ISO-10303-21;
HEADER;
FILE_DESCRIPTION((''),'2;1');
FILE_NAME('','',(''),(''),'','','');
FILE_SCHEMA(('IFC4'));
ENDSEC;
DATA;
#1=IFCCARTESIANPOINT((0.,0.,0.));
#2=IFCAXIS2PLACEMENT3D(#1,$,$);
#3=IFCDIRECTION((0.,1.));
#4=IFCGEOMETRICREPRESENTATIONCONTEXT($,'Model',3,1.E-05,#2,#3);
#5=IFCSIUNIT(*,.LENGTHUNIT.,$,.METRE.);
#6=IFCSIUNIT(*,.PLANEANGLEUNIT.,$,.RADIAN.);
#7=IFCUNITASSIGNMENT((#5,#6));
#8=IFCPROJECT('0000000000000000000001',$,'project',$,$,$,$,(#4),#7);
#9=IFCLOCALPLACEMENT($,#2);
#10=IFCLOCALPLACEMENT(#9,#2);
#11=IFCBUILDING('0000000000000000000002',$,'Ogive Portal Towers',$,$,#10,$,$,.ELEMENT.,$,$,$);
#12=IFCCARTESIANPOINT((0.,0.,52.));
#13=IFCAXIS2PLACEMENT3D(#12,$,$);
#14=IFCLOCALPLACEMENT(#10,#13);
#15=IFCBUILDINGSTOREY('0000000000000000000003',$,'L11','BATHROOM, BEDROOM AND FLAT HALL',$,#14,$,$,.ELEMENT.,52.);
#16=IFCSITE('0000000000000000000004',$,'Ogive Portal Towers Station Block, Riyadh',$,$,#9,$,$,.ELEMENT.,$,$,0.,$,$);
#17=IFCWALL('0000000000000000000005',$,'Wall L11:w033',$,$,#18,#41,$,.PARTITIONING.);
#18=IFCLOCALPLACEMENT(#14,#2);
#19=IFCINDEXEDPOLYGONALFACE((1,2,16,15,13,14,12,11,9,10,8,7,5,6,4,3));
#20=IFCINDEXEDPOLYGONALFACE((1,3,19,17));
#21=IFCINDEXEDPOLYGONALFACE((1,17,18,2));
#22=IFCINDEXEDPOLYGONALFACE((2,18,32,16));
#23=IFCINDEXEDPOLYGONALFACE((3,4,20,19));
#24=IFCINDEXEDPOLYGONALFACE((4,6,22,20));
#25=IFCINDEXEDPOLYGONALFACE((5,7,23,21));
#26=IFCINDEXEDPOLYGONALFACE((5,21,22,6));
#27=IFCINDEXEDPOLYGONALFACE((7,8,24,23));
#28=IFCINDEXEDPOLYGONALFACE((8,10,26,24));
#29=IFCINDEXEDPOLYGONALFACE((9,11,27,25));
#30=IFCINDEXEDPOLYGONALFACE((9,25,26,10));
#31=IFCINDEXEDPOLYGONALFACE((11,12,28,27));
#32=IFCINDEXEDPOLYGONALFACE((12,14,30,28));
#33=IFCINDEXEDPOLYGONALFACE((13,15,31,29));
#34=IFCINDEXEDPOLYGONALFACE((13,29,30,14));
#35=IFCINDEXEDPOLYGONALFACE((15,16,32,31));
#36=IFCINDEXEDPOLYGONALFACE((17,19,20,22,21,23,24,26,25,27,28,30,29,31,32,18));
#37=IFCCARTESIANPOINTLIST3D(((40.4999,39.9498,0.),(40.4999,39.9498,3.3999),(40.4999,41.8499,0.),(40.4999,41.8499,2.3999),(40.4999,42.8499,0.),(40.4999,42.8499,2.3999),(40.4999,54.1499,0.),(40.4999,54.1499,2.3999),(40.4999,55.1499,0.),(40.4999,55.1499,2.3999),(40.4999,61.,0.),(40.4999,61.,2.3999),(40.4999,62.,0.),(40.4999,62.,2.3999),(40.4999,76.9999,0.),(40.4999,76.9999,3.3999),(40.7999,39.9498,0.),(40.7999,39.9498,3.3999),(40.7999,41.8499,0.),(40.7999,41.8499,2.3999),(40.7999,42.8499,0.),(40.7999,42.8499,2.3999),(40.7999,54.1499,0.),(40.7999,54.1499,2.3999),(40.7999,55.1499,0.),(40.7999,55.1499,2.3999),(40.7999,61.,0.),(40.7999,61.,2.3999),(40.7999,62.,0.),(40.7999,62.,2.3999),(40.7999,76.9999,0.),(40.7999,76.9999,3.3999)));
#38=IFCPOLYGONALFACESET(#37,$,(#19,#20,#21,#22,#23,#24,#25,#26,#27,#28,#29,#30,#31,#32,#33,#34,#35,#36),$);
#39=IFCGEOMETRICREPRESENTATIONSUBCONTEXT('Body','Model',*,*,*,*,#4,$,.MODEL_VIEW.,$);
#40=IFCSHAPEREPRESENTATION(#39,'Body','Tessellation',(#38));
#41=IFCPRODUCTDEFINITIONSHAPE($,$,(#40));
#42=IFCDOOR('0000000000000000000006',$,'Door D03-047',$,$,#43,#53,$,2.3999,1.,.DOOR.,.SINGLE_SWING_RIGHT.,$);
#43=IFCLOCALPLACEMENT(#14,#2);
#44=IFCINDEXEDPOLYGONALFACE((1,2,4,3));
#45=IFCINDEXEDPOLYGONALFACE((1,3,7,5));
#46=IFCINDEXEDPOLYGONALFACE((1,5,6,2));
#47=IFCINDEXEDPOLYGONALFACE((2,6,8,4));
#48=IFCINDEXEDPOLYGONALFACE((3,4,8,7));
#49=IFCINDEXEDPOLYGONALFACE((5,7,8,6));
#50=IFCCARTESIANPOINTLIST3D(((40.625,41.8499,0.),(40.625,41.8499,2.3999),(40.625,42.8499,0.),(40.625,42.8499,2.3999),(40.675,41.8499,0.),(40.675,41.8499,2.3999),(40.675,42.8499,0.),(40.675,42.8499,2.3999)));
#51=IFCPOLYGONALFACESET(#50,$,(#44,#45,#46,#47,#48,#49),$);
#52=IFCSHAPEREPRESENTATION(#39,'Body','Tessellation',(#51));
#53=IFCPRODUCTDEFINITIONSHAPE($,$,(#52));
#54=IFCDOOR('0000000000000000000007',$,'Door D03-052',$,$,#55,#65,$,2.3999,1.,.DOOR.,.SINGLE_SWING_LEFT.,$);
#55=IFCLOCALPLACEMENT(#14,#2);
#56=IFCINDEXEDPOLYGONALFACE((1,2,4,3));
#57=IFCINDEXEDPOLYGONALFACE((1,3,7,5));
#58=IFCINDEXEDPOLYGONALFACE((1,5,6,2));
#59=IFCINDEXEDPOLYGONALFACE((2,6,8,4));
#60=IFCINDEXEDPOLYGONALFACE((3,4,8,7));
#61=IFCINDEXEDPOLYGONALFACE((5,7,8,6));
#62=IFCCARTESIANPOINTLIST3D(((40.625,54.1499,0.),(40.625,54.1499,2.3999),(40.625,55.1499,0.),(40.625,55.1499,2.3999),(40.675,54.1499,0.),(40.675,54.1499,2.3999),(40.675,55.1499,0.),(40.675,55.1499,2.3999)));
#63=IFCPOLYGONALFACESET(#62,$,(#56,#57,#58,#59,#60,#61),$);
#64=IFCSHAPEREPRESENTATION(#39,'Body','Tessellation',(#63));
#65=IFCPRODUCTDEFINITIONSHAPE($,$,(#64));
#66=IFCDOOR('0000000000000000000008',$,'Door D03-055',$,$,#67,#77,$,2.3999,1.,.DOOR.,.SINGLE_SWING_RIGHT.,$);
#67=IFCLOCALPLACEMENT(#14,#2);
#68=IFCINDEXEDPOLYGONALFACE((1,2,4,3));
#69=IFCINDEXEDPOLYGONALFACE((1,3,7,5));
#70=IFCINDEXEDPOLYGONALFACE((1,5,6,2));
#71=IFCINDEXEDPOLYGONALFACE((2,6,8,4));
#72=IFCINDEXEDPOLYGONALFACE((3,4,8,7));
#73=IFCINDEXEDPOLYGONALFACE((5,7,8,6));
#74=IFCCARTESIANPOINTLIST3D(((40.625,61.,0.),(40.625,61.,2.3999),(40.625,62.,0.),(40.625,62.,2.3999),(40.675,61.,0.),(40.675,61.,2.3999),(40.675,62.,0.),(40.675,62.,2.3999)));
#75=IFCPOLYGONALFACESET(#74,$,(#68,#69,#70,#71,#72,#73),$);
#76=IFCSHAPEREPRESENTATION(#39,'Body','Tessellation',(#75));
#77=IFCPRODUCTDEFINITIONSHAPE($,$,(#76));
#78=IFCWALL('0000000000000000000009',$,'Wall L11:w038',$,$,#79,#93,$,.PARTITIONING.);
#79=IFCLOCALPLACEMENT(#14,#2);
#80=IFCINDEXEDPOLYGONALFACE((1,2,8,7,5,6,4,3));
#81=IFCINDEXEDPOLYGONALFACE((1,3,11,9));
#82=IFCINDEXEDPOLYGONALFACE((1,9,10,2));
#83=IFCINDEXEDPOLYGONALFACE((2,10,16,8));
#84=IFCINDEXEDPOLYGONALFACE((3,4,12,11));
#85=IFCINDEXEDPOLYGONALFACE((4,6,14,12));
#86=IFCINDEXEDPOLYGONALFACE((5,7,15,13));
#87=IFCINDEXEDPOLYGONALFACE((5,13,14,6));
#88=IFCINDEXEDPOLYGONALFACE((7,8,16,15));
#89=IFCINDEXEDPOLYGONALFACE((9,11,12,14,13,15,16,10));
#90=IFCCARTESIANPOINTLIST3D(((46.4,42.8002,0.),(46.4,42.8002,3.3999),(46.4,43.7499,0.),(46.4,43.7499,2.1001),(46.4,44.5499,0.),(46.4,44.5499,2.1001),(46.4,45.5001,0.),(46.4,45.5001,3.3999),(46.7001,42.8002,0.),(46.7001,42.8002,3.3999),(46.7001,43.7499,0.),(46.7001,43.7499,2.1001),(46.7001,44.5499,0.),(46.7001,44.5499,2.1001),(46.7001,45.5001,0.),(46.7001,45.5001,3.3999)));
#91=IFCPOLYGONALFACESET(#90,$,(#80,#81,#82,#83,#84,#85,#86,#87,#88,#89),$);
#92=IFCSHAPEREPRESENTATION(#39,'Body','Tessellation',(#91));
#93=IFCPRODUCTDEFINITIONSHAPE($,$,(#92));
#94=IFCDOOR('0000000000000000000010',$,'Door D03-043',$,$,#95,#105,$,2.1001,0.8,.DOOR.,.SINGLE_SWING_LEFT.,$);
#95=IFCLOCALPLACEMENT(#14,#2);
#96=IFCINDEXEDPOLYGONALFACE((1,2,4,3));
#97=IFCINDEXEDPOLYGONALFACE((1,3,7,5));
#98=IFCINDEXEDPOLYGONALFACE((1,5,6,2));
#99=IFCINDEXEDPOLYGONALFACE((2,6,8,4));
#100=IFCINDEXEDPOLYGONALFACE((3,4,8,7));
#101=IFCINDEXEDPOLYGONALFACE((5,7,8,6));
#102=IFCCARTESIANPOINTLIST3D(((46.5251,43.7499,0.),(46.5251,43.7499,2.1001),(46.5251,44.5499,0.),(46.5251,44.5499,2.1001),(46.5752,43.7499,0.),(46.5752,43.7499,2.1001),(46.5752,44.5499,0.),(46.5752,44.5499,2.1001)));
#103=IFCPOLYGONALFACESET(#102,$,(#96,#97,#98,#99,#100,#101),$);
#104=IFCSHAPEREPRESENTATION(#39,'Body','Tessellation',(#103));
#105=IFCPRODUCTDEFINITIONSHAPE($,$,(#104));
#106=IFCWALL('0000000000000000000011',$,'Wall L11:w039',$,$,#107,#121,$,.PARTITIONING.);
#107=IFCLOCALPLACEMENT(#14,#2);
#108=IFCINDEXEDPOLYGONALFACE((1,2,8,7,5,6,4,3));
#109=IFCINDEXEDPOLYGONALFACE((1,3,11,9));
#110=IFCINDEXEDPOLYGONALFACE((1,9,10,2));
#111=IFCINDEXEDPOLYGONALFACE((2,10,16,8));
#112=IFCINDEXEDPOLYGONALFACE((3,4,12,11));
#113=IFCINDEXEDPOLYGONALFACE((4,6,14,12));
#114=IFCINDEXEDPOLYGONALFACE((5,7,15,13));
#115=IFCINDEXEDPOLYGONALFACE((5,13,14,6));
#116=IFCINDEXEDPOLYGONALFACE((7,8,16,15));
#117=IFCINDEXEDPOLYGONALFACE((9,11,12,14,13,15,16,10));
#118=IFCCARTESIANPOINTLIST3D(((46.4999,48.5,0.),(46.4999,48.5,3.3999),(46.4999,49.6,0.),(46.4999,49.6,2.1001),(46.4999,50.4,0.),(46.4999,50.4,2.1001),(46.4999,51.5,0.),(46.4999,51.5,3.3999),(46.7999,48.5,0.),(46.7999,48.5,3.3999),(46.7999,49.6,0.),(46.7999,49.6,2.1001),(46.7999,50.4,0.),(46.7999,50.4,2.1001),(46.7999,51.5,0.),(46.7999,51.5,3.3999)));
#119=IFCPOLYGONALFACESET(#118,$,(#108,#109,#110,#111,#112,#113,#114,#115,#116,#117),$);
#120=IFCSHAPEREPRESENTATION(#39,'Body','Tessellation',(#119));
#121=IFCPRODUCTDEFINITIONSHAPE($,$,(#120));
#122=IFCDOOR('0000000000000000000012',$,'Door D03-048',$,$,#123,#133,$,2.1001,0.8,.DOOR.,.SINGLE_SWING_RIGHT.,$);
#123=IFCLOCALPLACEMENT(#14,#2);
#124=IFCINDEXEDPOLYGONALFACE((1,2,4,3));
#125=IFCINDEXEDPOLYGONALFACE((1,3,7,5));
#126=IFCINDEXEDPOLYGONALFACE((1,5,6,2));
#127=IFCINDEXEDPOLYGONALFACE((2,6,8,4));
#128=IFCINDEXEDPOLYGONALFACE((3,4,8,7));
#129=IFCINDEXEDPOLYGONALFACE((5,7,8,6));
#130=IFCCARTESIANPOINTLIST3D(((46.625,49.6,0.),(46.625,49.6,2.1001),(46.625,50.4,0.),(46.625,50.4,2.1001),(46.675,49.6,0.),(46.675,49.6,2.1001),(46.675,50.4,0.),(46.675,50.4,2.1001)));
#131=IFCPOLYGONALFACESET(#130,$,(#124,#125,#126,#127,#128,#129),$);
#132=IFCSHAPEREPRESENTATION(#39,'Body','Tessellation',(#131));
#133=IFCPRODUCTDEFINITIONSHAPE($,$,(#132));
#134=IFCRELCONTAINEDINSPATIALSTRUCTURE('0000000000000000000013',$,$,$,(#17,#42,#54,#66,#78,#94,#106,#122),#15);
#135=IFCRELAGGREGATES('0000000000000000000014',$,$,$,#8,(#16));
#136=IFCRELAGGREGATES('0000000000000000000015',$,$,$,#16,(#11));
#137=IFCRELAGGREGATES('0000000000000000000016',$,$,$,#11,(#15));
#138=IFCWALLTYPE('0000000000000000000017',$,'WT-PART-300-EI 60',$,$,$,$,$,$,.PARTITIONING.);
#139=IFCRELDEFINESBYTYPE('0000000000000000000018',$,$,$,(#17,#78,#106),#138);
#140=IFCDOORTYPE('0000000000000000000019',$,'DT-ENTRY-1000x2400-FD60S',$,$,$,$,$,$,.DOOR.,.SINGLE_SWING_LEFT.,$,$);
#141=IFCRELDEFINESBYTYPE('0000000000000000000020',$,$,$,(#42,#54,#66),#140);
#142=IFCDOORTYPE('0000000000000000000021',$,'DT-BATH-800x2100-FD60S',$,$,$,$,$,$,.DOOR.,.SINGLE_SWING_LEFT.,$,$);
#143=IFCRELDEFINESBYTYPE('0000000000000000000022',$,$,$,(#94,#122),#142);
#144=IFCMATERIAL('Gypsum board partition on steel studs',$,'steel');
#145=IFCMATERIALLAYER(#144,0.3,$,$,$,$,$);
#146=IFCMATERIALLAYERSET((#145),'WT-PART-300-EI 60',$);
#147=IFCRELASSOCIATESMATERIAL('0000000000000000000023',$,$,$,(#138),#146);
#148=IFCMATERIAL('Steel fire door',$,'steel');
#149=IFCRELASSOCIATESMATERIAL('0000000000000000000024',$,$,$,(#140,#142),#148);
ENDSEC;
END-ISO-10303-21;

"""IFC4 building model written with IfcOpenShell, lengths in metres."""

from ifc_helpers import new_model, si_unit, direction, frame, frame_2d, origin, place, context, subcontext, project, spatial, rectangle, extrude, material, layer, layer_set, type_object, element, fill, save


model = new_model("IFC4")

# Units and contexts
model_context = context("Model", 3, precision=1e-05, world=origin(), true_north=direction((0.0, 1.0)))
body_context = subcontext(model_context, "Body", "Model", "MODEL_VIEW")
ifc_project = project(units=[si_unit("LENGTHUNIT", "METRE"), si_unit("PLANEANGLEUNIT", "RADIAN")], contexts=[model_context])

# Site, building, storey
site_placement = place(None, origin())
site = spatial("IfcSite", under=ifc_project, at=site_placement, Name="Ogive Portal Towers Station Block, Riyadh", CompositionType="ELEMENT", RefElevation=0.0)
building_placement = place(site_placement, origin())
building = spatial("IfcBuilding", under=site, at=building_placement, Name="Ogive Portal Towers", CompositionType="ELEMENT")
storey_placement = place(building_placement, frame((0.0, 0.0, 52.0)))
storey = spatial("IfcBuildingStorey", under=building, at=storey_placement, Name="L11", Description="BATHROOM, BEDROOM AND FLAT HALL", CompositionType="ELEMENT", Elevation=52.0)

# Shared definitions
ifc_material_1 = material(Name="Gypsum board partition on steel studs", Category="steel")
ifc_layer_1 = layer(ifc_material_1, 0.3)
ifc_layer_set_1 = layer_set([ifc_layer_1], Name="WT-PART-300-EI 60")
wall_type_1 = type_object("IfcWallType", Name="WT-PART-300-EI 60", PredefinedType="PARTITIONING", material=ifc_layer_set_1)

# Wall, openings, doors
wall_1_placement = place(storey_placement, frame((40.6499, 39.95, 0.0), z_axis=(0.0, 0.0, 1.0), x_axis=(0.0, 1.0, 0.0)))
wall_1 = element("IfcWall", 1, at=wall_1_placement, inside=storey, type_object=wall_type_1, Name="Wall L11:w033", PredefinedType="PARTITIONING", context=body_context, shape_type="SweptSolid", body=[
    extrude(rectangle(XDim=37.05, YDim=0.3, at=frame_2d((18.5249, 0.0))), origin(), (0.0, 0.0, 1.0), 3.3999),
])
opening_1_placement = place(wall_1_placement, frame((1.8999, 0.0, 0.0)))
opening_1 = element("IfcOpeningElement", 2, at=opening_1_placement, cuts=wall_1, PredefinedType="OPENING", context=body_context, shape_type="SweptSolid", body=[
    extrude(rectangle(XDim=1.0, YDim=2.3999, at=frame_2d((0.5, 1.2))), frame((0.0, 0.1602, 0.0), z_axis=(0.0, -1.0, 0.0), x_axis=(1.0, 0.0, 0.0)), (0.0, 0.0, 1.0), 0.3201),
])
opening_2_placement = place(wall_1_placement, frame((14.2, 0.0, 0.0)))
opening_2 = element("IfcOpeningElement", 3, at=opening_2_placement, cuts=wall_1, PredefinedType="OPENING", context=body_context, shape_type="SweptSolid", body=[
    extrude(rectangle(XDim=1.0, YDim=2.3999, at=frame_2d((0.5, 1.2))), frame((0.0, 0.1602, 0.0), z_axis=(0.0, -1.0, 0.0), x_axis=(1.0, 0.0, 0.0)), (0.0, 0.0, 1.0), 0.3201),
])
opening_3_placement = place(wall_1_placement, frame((21.05, 0.0, 0.0)))
opening_3 = element("IfcOpeningElement", 4, at=opening_3_placement, cuts=wall_1, PredefinedType="OPENING", context=body_context, shape_type="SweptSolid", body=[
    extrude(rectangle(XDim=1.0, YDim=2.3999, at=frame_2d((0.5, 1.2))), frame((0.0, 0.1602, 0.0), z_axis=(0.0, -1.0, 0.0), x_axis=(1.0, 0.0, 0.0)), (0.0, 0.0, 1.0), 0.3201),
])
ifc_material_2 = material(Name="Steel fire door", Category="steel")
door_type_1 = type_object("IfcDoorType", Name="DT-ENTRY-1000x2400-FD60S", OperationType="SINGLE_SWING_LEFT", PredefinedType="DOOR", material=ifc_material_2)
door_1_placement = place(opening_1_placement, origin())
door_1 = element("IfcDoor", 5, at=door_1_placement, inside=storey, type_object=door_type_1, Name="Door D03-047", OperationType="SINGLE_SWING_RIGHT", OverallHeight=2.3999, OverallWidth=1.0, PredefinedType="DOOR", context=body_context, shape_type="SweptSolid", body=[
    extrude(rectangle(XDim=1.0, YDim=2.3999, at=frame_2d((0.5, 1.2))), frame((0.0, 0.0249, 0.0), z_axis=(0.0, -1.0, 0.0), x_axis=(1.0, 0.0, 0.0)), (0.0, 0.0, 1.0), 0.05),
])
fill(opening_1, door_1)
door_2_placement = place(opening_2_placement, origin())
door_2 = element("IfcDoor", 6, at=door_2_placement, inside=storey, type_object=door_type_1, Name="Door D03-052", OperationType="SINGLE_SWING_LEFT", OverallHeight=2.3999, OverallWidth=1.0, PredefinedType="DOOR", context=body_context, shape_type="SweptSolid", body=[
    extrude(rectangle(XDim=1.0, YDim=2.3999, at=frame_2d((0.5, 1.2))), frame((0.0, 0.0249, 0.0), z_axis=(0.0, -1.0, 0.0), x_axis=(1.0, 0.0, 0.0)), (0.0, 0.0, 1.0), 0.05),
])
fill(opening_2, door_2)
door_3_placement = place(opening_3_placement, origin())
door_3 = element("IfcDoor", 7, at=door_3_placement, inside=storey, type_object=door_type_1, Name="Door D03-055", OperationType="SINGLE_SWING_RIGHT", OverallHeight=2.3999, OverallWidth=1.0, PredefinedType="DOOR", context=body_context, shape_type="SweptSolid", body=[
    extrude(rectangle(XDim=1.0, YDim=2.3999, at=frame_2d((0.5, 1.2))), frame((0.0, 0.0249, 0.0), z_axis=(0.0, -1.0, 0.0), x_axis=(1.0, 0.0, 0.0)), (0.0, 0.0, 1.0), 0.05),
])
fill(opening_3, door_3)

# Walls, openings, doors
wall_2_placement = place(storey_placement, frame((46.55, 42.8, 0.0), z_axis=(0.0, 0.0, 1.0), x_axis=(0.0, 1.0, 0.0)))
wall_2 = element("IfcWall", 8, at=wall_2_placement, inside=storey, type_object=wall_type_1, Name="Wall L11:w038", PredefinedType="PARTITIONING", context=body_context, shape_type="SweptSolid", body=[
    extrude(rectangle(XDim=2.7, YDim=0.3, at=frame_2d((1.3501, 0.0))), origin(), (0.0, 0.0, 1.0), 3.3999),
])
opening_4_placement = place(wall_2_placement, frame((0.95, 0.0, 0.0)))
opening_4 = element("IfcOpeningElement", 9, at=opening_4_placement, cuts=wall_2, PredefinedType="OPENING", context=body_context, shape_type="SweptSolid", body=[
    extrude(rectangle(XDim=0.8, YDim=2.1001, at=frame_2d((0.3999, 1.05))), frame((0.0, 0.1602, 0.0), z_axis=(0.0, -1.0, 0.0), x_axis=(1.0, 0.0, 0.0)), (0.0, 0.0, 1.0), 0.3201),
])
door_type_2 = type_object("IfcDoorType", Name="DT-BATH-800x2100-FD60S", OperationType="SINGLE_SWING_LEFT", PredefinedType="DOOR", material=ifc_material_2)
door_4_placement = place(opening_4_placement, origin())
door_4 = element("IfcDoor", 10, at=door_4_placement, inside=storey, type_object=door_type_2, Name="Door D03-043", OperationType="SINGLE_SWING_LEFT", OverallHeight=2.1001, OverallWidth=0.8, PredefinedType="DOOR", context=body_context, shape_type="SweptSolid", body=[
    extrude(rectangle(XDim=0.8, YDim=2.1001, at=frame_2d((0.3999, 1.05))), frame((0.0, 0.0249, 0.0), z_axis=(0.0, -1.0, 0.0), x_axis=(1.0, 0.0, 0.0)), (0.0, 0.0, 1.0), 0.05),
])
fill(opening_4, door_4)
wall_3_placement = place(storey_placement, frame((46.6499, 48.5, 0.0), z_axis=(0.0, 0.0, 1.0), x_axis=(0.0, 1.0, 0.0)))
wall_3 = element("IfcWall", 11, at=wall_3_placement, inside=storey, type_object=wall_type_1, Name="Wall L11:w039", PredefinedType="PARTITIONING", context=body_context, shape_type="SweptSolid", body=[
    extrude(rectangle(XDim=3.0, YDim=0.3, at=frame_2d((1.5, 0.0))), origin(), (0.0, 0.0, 1.0), 3.3999),
])
opening_5_placement = place(wall_3_placement, frame((1.1001, 0.0, 0.0)))
opening_5 = element("IfcOpeningElement", 12, at=opening_5_placement, cuts=wall_3, PredefinedType="OPENING", context=body_context, shape_type="SweptSolid", body=[
    extrude(rectangle(XDim=0.8, YDim=2.1001, at=frame_2d((0.3999, 1.05))), frame((0.0, 0.1602, 0.0), z_axis=(0.0, -1.0, 0.0), x_axis=(1.0, 0.0, 0.0)), (0.0, 0.0, 1.0), 0.3201),
])
door_5_placement = place(opening_5_placement, origin())
door_5 = element("IfcDoor", 13, at=door_5_placement, inside=storey, type_object=door_type_2, Name="Door D03-048", OperationType="SINGLE_SWING_RIGHT", OverallHeight=2.1001, OverallWidth=0.8, PredefinedType="DOOR", context=body_context, shape_type="SweptSolid", body=[
    extrude(rectangle(XDim=0.8, YDim=2.1001, at=frame_2d((0.3999, 1.05))), frame((0.0, 0.0249, 0.0), z_axis=(0.0, -1.0, 0.0), x_axis=(1.0, 0.0, 0.0)), (0.0, 0.0, 1.0), 0.05),
])
fill(opening_5, door_5)

save(model, "model.ifc")
